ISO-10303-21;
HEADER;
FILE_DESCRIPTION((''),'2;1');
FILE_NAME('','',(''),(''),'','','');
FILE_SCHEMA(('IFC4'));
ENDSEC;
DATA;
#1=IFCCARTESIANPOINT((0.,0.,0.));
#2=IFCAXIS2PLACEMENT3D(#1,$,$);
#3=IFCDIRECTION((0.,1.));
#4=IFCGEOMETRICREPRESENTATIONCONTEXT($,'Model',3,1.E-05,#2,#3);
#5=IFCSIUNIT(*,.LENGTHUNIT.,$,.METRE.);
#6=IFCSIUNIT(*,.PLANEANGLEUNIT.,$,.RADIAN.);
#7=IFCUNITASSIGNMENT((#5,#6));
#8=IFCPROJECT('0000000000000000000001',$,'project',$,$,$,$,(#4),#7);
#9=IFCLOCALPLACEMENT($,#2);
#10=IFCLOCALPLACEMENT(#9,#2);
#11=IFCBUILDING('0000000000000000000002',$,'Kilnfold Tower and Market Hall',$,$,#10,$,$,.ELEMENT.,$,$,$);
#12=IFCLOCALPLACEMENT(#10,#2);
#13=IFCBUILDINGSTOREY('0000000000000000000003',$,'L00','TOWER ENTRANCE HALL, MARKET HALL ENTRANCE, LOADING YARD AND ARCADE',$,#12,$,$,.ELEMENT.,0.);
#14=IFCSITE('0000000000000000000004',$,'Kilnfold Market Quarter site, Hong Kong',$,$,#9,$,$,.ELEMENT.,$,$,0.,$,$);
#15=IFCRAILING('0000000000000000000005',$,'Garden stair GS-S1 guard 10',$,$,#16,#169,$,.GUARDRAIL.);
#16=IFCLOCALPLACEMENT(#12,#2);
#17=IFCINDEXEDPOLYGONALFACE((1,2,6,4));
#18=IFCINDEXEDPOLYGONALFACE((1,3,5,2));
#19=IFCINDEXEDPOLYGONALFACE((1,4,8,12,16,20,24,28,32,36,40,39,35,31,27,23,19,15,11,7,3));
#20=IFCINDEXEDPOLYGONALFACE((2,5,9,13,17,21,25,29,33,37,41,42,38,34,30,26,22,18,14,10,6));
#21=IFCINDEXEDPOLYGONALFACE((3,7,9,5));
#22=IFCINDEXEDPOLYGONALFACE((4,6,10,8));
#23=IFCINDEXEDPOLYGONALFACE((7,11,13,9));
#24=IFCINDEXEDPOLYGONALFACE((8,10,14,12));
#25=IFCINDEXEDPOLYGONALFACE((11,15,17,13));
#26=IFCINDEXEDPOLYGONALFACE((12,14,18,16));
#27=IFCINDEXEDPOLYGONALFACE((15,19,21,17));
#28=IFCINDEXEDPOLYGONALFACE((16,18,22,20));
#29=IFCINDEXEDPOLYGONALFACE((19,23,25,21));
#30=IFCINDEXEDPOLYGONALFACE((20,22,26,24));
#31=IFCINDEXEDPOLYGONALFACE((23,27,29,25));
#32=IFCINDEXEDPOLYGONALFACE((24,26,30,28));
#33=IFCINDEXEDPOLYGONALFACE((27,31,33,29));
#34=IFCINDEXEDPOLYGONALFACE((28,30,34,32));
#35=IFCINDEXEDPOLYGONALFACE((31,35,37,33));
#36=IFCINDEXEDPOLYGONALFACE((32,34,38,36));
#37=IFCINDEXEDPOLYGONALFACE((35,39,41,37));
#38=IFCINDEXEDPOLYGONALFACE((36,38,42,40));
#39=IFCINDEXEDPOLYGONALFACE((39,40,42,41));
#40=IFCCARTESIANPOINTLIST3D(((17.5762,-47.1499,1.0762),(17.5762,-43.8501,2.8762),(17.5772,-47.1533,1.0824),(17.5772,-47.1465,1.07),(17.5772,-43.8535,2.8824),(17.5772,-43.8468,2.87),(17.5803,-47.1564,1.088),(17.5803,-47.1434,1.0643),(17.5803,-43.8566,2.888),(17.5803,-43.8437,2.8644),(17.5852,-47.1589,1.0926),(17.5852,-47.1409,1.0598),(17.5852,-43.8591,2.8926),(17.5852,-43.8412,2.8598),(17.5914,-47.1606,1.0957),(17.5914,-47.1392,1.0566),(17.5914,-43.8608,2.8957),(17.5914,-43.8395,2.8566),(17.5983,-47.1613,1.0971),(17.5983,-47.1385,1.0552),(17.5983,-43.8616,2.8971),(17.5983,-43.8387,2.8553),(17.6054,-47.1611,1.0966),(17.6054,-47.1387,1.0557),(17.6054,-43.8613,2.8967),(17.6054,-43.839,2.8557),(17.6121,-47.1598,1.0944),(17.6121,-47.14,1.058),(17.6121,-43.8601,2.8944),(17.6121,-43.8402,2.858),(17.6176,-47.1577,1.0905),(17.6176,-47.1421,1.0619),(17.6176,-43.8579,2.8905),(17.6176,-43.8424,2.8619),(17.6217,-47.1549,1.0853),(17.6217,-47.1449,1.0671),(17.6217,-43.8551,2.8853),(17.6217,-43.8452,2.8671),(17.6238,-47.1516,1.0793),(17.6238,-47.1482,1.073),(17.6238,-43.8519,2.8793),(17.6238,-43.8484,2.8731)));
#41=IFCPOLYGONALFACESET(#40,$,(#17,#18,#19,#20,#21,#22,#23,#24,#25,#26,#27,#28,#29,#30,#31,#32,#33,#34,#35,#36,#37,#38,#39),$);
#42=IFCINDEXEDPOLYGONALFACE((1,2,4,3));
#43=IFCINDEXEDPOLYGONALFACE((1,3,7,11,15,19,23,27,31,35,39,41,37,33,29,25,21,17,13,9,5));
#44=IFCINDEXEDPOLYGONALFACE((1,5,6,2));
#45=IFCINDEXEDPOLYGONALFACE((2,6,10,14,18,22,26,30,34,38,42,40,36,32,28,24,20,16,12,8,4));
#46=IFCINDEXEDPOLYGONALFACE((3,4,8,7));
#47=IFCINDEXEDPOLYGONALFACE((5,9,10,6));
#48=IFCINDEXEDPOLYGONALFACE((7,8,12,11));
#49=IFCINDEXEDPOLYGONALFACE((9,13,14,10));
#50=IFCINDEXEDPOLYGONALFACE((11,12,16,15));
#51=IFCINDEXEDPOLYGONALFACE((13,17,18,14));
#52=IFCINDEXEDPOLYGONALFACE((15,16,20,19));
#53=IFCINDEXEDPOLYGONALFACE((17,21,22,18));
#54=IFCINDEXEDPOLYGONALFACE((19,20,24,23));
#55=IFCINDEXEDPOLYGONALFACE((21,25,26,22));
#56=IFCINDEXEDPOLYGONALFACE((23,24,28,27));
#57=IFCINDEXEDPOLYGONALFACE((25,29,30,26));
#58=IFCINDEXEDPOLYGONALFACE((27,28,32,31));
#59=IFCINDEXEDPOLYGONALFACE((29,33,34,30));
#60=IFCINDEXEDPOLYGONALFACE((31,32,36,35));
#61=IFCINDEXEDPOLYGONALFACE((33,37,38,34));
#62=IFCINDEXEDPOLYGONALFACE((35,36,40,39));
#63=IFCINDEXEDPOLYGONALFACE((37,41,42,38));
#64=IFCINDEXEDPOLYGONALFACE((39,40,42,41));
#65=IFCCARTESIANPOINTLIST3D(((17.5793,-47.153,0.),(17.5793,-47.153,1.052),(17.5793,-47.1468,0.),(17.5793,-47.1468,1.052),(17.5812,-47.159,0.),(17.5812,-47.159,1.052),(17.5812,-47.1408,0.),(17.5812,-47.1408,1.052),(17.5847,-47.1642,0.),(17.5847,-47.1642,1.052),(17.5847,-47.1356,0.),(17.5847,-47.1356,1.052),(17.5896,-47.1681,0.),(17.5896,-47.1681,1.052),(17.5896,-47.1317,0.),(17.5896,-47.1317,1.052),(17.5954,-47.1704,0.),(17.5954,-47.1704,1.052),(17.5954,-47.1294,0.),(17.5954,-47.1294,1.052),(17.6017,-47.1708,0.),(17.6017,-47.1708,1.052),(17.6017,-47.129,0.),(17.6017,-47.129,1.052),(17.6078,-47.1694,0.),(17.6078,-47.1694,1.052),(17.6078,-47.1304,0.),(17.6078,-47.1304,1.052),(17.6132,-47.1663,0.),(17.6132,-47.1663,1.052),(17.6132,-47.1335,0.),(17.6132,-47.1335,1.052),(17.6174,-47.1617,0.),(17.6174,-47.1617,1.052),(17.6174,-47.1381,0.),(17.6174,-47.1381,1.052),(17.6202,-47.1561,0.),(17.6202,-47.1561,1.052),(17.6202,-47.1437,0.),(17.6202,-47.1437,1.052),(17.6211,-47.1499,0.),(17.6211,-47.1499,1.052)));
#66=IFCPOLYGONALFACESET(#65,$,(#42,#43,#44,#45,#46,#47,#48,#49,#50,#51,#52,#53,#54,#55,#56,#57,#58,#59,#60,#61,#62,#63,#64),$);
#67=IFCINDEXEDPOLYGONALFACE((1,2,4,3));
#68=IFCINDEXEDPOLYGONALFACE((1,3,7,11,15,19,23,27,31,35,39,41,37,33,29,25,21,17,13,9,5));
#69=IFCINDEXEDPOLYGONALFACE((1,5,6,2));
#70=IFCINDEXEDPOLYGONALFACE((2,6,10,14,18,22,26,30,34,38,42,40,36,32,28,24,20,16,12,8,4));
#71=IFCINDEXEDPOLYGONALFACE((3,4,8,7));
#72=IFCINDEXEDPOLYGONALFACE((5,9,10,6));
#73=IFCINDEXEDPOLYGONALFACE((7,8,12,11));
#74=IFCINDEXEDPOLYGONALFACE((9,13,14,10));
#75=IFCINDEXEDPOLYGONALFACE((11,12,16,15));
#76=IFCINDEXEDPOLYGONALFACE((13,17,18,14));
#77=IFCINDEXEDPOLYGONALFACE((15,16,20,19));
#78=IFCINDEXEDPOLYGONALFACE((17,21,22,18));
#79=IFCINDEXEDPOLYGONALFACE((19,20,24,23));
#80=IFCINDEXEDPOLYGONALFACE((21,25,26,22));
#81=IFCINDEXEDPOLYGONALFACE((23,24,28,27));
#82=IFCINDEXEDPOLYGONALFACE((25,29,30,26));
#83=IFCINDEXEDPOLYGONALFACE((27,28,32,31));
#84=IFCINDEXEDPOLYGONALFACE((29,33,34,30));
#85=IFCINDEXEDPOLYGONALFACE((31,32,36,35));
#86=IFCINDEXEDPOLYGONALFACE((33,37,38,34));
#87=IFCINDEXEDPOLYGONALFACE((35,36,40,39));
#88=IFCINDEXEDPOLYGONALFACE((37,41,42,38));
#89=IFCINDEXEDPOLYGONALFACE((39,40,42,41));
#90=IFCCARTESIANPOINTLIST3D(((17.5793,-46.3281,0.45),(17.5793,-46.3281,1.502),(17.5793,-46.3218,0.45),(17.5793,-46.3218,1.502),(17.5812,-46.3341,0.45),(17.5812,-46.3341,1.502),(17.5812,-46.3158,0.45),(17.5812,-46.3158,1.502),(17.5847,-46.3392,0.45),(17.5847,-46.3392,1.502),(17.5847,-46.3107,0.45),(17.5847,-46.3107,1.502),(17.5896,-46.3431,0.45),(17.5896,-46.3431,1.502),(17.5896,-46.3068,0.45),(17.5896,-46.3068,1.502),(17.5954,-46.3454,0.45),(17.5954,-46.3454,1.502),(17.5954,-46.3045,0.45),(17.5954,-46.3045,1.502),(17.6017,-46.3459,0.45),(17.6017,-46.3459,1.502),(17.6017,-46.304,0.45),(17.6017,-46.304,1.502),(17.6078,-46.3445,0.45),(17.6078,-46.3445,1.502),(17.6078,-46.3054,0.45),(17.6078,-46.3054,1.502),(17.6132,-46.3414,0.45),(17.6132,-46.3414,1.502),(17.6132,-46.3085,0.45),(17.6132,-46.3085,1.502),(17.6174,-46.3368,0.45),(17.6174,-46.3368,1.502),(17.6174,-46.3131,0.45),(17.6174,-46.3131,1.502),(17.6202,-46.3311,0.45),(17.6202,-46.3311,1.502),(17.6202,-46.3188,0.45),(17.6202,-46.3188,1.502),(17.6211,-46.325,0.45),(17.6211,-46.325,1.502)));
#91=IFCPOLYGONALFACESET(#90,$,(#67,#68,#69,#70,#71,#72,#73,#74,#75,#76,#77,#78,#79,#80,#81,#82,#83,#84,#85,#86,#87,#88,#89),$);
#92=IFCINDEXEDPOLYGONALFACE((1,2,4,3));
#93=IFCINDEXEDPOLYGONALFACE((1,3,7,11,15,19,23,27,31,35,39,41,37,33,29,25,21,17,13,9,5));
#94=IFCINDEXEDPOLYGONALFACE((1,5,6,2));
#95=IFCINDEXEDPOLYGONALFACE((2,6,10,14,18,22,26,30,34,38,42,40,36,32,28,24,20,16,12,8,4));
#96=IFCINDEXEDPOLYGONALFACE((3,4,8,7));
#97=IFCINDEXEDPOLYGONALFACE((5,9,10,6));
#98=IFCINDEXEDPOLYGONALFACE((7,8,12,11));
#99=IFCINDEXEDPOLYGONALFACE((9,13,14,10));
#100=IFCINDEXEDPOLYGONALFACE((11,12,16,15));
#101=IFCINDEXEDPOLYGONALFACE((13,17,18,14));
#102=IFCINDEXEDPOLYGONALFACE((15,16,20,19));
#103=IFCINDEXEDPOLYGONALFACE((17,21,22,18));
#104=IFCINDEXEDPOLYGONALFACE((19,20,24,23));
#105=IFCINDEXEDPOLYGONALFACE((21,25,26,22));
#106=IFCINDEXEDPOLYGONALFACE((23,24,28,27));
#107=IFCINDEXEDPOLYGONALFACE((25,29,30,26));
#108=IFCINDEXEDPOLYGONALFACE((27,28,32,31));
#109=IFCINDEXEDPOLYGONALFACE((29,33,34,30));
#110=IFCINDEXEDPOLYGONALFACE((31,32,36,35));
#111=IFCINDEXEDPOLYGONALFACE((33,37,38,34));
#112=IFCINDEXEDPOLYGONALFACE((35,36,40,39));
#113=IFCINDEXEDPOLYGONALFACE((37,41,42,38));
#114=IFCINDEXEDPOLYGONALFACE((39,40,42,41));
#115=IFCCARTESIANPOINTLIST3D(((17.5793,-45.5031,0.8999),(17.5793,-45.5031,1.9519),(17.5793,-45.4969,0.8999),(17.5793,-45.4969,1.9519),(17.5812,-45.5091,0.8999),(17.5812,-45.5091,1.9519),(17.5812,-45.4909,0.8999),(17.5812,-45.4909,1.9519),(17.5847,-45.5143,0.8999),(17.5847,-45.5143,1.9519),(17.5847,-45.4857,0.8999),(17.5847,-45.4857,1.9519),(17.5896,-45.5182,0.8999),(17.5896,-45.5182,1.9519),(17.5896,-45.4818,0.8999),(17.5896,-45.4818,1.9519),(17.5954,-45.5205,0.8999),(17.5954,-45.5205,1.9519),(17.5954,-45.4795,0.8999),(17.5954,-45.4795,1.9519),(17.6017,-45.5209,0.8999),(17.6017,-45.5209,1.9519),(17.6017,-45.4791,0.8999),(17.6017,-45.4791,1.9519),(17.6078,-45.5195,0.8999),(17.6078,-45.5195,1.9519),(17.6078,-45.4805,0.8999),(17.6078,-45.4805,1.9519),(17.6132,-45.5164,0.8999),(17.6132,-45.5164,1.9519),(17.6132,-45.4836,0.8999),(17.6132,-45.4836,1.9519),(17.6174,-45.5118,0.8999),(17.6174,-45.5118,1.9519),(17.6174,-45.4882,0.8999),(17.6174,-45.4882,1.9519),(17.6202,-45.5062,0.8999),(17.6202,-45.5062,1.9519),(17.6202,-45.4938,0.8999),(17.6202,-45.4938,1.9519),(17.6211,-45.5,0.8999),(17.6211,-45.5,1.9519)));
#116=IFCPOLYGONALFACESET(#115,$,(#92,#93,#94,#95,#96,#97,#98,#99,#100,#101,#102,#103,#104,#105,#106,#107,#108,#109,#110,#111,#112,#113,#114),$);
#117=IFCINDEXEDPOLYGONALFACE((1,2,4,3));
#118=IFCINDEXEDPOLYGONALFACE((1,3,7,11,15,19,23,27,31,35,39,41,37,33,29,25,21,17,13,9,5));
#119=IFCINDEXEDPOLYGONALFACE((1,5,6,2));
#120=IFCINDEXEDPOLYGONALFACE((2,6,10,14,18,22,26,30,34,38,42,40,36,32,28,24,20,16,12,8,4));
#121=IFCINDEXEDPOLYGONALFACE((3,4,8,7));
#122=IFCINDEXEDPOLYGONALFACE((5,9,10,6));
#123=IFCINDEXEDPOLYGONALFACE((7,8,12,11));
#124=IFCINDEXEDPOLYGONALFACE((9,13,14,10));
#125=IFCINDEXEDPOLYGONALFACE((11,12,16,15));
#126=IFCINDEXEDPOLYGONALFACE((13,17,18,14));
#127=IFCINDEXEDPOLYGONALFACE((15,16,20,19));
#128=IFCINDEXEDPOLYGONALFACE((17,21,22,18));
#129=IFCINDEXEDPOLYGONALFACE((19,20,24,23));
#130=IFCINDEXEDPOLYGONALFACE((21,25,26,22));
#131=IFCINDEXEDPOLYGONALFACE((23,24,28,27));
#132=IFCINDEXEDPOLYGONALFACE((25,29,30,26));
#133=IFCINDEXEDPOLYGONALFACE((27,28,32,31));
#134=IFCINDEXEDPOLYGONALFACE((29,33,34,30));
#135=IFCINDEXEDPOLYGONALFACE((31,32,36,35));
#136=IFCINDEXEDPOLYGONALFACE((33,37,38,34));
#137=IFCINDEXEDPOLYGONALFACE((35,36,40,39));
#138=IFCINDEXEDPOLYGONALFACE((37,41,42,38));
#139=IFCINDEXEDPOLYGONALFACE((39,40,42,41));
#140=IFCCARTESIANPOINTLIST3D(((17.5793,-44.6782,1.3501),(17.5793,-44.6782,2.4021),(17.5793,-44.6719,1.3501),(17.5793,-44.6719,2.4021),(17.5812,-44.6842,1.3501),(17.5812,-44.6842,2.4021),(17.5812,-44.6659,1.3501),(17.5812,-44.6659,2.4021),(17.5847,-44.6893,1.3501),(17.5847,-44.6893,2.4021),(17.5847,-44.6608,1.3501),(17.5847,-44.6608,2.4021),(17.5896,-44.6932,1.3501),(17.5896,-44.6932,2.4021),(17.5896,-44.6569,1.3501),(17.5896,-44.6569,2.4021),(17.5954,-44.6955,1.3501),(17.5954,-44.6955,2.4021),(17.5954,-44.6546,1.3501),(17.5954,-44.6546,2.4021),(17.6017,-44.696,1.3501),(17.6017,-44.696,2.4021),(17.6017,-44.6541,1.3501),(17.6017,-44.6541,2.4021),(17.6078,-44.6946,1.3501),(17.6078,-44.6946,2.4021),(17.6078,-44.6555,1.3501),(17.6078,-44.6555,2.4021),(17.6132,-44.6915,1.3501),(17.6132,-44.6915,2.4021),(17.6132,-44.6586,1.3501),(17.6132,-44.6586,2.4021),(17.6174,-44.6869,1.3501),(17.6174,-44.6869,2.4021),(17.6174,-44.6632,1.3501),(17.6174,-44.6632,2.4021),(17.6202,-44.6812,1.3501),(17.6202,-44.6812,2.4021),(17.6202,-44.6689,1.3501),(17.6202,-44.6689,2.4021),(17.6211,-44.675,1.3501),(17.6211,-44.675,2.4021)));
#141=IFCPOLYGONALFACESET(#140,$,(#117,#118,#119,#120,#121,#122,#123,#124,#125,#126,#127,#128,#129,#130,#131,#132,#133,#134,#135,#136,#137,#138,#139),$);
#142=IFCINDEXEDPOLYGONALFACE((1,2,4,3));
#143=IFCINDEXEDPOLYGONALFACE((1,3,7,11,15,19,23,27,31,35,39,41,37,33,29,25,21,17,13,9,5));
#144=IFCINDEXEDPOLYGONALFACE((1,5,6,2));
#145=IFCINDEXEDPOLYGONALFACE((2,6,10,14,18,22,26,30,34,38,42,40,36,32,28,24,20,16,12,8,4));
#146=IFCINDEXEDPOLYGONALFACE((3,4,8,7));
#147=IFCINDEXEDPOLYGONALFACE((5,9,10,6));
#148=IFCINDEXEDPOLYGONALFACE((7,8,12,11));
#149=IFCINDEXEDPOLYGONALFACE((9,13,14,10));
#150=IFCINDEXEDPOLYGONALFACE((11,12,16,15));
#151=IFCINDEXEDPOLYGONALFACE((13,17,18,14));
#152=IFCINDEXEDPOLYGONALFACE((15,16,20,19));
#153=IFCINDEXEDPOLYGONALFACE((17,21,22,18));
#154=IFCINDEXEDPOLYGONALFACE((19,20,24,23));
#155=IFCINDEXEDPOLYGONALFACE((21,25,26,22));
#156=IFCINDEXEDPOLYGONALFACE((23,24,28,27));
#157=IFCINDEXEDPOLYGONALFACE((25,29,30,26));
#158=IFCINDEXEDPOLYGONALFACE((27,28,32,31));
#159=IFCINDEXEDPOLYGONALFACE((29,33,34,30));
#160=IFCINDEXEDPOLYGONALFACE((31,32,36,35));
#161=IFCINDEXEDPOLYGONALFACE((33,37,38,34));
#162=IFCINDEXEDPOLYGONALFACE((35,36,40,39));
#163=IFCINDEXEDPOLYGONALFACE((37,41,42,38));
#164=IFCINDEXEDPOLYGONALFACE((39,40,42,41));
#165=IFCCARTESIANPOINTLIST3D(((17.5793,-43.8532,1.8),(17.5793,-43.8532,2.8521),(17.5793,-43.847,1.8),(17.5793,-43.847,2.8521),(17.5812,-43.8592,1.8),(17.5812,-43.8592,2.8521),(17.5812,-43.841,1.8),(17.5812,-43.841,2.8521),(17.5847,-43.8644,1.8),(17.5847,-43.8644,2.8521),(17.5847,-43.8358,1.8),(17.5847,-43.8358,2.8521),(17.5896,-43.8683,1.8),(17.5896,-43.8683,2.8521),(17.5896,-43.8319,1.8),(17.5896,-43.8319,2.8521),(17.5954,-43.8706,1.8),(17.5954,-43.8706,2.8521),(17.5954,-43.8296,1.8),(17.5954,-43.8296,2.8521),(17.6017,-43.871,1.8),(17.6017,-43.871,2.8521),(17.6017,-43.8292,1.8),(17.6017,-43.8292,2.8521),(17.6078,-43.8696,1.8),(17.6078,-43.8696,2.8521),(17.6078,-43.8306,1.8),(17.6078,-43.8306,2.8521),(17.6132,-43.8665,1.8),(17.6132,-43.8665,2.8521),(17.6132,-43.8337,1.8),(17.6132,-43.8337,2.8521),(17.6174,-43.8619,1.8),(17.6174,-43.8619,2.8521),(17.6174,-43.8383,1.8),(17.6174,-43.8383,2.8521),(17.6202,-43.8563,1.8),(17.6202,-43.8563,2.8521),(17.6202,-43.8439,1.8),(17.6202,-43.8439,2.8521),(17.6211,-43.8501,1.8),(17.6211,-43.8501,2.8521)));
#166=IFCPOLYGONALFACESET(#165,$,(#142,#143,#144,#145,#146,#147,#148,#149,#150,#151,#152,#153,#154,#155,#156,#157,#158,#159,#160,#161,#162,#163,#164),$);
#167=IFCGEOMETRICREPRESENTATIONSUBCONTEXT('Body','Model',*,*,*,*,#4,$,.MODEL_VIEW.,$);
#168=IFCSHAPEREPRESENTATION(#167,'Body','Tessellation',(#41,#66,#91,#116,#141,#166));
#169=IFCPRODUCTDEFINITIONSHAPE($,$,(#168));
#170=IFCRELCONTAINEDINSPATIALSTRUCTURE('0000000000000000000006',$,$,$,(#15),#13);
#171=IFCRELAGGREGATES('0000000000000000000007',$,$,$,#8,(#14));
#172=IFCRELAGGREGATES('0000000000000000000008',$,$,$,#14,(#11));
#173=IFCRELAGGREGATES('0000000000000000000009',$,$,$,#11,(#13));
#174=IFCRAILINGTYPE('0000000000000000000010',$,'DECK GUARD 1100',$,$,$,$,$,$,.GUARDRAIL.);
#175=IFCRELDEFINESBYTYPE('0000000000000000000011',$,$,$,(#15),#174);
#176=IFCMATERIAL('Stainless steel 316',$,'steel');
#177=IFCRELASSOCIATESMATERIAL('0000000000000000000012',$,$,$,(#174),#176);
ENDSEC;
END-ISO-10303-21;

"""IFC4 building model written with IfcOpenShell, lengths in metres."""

from ifc_helpers import new_model, si_unit, direction, frame, origin, origin_2d, place, context, subcontext, project, spatial, circle, extrude, material, type_object, element, save


model = new_model("IFC4")

# Units and contexts
model_context = context("Model", 3, precision=1e-05, world=origin(), true_north=direction((0.0, 1.0)))
body_context = subcontext(model_context, "Body", "Model", "MODEL_VIEW")
ifc_project = project(units=[si_unit("LENGTHUNIT", "METRE"), si_unit("PLANEANGLEUNIT", "RADIAN")], contexts=[model_context])

# Site, building, storey
site_placement = place(None, origin())
site = spatial("IfcSite", under=ifc_project, at=site_placement, Name="Kilnfold Market Quarter site, Hong Kong", CompositionType="ELEMENT", RefElevation=0.0)
building_placement = place(site_placement, origin())
building = spatial("IfcBuilding", under=site, at=building_placement, Name="Kilnfold Tower and Market Hall", CompositionType="ELEMENT")
storey_placement = place(building_placement, origin())
storey = spatial("IfcBuildingStorey", under=building, at=storey_placement, Name="L00", Description="TOWER ENTRANCE HALL, MARKET HALL ENTRANCE, LOADING YARD AND ARCADE", CompositionType="ELEMENT", Elevation=0.0)

# Railing
ifc_material_1 = material(Name="Stainless steel 316", Category="steel")
railing_type_1 = type_object("IfcRailingType", Name="DECK GUARD 1100", PredefinedType="GUARDRAIL", material=ifc_material_1)
railing_1_placement = place(storey_placement, frame((17.6001, -47.1499, 0.0)))
element("IfcRailing", 1, at=railing_1_placement, inside=storey, type_object=railing_type_1, Name="Garden stair GS-S1 guard 10", PredefinedType="GUARDRAIL", context=body_context, shape_type="SweptSolid", body=[
    extrude(circle(Radius=0.0239, at=origin_2d()), frame((0.0, 0.0, 1.0762), z_axis=(0.0, 0.877878, 0.478884), x_axis=(-1.0, 0.0, 0.0)), (0.0, 0.0, 1.0), 3.7588),
    extrude(circle(Radius=0.021, at=origin_2d()), origin(), (0.0, 0.0, 1.0), 1.052),
    extrude(circle(Radius=0.021, at=origin_2d()), frame((0.0, 0.825, 0.45)), (0.0, 0.0, 1.0), 1.052),
    extrude(circle(Radius=0.021, at=origin_2d()), frame((0.0, 1.6499, 0.8999)), (0.0, 0.0, 1.0), 1.052),
    extrude(circle(Radius=0.021, at=origin_2d()), frame((0.0, 2.4749, 1.3501)), (0.0, 0.0, 1.0), 1.052),
    extrude(circle(Radius=0.021, at=origin_2d()), frame((0.0, 3.2998, 1.8)), (0.0, 0.0, 1.0), 1.052),
])

save(model, "model.ifc")
